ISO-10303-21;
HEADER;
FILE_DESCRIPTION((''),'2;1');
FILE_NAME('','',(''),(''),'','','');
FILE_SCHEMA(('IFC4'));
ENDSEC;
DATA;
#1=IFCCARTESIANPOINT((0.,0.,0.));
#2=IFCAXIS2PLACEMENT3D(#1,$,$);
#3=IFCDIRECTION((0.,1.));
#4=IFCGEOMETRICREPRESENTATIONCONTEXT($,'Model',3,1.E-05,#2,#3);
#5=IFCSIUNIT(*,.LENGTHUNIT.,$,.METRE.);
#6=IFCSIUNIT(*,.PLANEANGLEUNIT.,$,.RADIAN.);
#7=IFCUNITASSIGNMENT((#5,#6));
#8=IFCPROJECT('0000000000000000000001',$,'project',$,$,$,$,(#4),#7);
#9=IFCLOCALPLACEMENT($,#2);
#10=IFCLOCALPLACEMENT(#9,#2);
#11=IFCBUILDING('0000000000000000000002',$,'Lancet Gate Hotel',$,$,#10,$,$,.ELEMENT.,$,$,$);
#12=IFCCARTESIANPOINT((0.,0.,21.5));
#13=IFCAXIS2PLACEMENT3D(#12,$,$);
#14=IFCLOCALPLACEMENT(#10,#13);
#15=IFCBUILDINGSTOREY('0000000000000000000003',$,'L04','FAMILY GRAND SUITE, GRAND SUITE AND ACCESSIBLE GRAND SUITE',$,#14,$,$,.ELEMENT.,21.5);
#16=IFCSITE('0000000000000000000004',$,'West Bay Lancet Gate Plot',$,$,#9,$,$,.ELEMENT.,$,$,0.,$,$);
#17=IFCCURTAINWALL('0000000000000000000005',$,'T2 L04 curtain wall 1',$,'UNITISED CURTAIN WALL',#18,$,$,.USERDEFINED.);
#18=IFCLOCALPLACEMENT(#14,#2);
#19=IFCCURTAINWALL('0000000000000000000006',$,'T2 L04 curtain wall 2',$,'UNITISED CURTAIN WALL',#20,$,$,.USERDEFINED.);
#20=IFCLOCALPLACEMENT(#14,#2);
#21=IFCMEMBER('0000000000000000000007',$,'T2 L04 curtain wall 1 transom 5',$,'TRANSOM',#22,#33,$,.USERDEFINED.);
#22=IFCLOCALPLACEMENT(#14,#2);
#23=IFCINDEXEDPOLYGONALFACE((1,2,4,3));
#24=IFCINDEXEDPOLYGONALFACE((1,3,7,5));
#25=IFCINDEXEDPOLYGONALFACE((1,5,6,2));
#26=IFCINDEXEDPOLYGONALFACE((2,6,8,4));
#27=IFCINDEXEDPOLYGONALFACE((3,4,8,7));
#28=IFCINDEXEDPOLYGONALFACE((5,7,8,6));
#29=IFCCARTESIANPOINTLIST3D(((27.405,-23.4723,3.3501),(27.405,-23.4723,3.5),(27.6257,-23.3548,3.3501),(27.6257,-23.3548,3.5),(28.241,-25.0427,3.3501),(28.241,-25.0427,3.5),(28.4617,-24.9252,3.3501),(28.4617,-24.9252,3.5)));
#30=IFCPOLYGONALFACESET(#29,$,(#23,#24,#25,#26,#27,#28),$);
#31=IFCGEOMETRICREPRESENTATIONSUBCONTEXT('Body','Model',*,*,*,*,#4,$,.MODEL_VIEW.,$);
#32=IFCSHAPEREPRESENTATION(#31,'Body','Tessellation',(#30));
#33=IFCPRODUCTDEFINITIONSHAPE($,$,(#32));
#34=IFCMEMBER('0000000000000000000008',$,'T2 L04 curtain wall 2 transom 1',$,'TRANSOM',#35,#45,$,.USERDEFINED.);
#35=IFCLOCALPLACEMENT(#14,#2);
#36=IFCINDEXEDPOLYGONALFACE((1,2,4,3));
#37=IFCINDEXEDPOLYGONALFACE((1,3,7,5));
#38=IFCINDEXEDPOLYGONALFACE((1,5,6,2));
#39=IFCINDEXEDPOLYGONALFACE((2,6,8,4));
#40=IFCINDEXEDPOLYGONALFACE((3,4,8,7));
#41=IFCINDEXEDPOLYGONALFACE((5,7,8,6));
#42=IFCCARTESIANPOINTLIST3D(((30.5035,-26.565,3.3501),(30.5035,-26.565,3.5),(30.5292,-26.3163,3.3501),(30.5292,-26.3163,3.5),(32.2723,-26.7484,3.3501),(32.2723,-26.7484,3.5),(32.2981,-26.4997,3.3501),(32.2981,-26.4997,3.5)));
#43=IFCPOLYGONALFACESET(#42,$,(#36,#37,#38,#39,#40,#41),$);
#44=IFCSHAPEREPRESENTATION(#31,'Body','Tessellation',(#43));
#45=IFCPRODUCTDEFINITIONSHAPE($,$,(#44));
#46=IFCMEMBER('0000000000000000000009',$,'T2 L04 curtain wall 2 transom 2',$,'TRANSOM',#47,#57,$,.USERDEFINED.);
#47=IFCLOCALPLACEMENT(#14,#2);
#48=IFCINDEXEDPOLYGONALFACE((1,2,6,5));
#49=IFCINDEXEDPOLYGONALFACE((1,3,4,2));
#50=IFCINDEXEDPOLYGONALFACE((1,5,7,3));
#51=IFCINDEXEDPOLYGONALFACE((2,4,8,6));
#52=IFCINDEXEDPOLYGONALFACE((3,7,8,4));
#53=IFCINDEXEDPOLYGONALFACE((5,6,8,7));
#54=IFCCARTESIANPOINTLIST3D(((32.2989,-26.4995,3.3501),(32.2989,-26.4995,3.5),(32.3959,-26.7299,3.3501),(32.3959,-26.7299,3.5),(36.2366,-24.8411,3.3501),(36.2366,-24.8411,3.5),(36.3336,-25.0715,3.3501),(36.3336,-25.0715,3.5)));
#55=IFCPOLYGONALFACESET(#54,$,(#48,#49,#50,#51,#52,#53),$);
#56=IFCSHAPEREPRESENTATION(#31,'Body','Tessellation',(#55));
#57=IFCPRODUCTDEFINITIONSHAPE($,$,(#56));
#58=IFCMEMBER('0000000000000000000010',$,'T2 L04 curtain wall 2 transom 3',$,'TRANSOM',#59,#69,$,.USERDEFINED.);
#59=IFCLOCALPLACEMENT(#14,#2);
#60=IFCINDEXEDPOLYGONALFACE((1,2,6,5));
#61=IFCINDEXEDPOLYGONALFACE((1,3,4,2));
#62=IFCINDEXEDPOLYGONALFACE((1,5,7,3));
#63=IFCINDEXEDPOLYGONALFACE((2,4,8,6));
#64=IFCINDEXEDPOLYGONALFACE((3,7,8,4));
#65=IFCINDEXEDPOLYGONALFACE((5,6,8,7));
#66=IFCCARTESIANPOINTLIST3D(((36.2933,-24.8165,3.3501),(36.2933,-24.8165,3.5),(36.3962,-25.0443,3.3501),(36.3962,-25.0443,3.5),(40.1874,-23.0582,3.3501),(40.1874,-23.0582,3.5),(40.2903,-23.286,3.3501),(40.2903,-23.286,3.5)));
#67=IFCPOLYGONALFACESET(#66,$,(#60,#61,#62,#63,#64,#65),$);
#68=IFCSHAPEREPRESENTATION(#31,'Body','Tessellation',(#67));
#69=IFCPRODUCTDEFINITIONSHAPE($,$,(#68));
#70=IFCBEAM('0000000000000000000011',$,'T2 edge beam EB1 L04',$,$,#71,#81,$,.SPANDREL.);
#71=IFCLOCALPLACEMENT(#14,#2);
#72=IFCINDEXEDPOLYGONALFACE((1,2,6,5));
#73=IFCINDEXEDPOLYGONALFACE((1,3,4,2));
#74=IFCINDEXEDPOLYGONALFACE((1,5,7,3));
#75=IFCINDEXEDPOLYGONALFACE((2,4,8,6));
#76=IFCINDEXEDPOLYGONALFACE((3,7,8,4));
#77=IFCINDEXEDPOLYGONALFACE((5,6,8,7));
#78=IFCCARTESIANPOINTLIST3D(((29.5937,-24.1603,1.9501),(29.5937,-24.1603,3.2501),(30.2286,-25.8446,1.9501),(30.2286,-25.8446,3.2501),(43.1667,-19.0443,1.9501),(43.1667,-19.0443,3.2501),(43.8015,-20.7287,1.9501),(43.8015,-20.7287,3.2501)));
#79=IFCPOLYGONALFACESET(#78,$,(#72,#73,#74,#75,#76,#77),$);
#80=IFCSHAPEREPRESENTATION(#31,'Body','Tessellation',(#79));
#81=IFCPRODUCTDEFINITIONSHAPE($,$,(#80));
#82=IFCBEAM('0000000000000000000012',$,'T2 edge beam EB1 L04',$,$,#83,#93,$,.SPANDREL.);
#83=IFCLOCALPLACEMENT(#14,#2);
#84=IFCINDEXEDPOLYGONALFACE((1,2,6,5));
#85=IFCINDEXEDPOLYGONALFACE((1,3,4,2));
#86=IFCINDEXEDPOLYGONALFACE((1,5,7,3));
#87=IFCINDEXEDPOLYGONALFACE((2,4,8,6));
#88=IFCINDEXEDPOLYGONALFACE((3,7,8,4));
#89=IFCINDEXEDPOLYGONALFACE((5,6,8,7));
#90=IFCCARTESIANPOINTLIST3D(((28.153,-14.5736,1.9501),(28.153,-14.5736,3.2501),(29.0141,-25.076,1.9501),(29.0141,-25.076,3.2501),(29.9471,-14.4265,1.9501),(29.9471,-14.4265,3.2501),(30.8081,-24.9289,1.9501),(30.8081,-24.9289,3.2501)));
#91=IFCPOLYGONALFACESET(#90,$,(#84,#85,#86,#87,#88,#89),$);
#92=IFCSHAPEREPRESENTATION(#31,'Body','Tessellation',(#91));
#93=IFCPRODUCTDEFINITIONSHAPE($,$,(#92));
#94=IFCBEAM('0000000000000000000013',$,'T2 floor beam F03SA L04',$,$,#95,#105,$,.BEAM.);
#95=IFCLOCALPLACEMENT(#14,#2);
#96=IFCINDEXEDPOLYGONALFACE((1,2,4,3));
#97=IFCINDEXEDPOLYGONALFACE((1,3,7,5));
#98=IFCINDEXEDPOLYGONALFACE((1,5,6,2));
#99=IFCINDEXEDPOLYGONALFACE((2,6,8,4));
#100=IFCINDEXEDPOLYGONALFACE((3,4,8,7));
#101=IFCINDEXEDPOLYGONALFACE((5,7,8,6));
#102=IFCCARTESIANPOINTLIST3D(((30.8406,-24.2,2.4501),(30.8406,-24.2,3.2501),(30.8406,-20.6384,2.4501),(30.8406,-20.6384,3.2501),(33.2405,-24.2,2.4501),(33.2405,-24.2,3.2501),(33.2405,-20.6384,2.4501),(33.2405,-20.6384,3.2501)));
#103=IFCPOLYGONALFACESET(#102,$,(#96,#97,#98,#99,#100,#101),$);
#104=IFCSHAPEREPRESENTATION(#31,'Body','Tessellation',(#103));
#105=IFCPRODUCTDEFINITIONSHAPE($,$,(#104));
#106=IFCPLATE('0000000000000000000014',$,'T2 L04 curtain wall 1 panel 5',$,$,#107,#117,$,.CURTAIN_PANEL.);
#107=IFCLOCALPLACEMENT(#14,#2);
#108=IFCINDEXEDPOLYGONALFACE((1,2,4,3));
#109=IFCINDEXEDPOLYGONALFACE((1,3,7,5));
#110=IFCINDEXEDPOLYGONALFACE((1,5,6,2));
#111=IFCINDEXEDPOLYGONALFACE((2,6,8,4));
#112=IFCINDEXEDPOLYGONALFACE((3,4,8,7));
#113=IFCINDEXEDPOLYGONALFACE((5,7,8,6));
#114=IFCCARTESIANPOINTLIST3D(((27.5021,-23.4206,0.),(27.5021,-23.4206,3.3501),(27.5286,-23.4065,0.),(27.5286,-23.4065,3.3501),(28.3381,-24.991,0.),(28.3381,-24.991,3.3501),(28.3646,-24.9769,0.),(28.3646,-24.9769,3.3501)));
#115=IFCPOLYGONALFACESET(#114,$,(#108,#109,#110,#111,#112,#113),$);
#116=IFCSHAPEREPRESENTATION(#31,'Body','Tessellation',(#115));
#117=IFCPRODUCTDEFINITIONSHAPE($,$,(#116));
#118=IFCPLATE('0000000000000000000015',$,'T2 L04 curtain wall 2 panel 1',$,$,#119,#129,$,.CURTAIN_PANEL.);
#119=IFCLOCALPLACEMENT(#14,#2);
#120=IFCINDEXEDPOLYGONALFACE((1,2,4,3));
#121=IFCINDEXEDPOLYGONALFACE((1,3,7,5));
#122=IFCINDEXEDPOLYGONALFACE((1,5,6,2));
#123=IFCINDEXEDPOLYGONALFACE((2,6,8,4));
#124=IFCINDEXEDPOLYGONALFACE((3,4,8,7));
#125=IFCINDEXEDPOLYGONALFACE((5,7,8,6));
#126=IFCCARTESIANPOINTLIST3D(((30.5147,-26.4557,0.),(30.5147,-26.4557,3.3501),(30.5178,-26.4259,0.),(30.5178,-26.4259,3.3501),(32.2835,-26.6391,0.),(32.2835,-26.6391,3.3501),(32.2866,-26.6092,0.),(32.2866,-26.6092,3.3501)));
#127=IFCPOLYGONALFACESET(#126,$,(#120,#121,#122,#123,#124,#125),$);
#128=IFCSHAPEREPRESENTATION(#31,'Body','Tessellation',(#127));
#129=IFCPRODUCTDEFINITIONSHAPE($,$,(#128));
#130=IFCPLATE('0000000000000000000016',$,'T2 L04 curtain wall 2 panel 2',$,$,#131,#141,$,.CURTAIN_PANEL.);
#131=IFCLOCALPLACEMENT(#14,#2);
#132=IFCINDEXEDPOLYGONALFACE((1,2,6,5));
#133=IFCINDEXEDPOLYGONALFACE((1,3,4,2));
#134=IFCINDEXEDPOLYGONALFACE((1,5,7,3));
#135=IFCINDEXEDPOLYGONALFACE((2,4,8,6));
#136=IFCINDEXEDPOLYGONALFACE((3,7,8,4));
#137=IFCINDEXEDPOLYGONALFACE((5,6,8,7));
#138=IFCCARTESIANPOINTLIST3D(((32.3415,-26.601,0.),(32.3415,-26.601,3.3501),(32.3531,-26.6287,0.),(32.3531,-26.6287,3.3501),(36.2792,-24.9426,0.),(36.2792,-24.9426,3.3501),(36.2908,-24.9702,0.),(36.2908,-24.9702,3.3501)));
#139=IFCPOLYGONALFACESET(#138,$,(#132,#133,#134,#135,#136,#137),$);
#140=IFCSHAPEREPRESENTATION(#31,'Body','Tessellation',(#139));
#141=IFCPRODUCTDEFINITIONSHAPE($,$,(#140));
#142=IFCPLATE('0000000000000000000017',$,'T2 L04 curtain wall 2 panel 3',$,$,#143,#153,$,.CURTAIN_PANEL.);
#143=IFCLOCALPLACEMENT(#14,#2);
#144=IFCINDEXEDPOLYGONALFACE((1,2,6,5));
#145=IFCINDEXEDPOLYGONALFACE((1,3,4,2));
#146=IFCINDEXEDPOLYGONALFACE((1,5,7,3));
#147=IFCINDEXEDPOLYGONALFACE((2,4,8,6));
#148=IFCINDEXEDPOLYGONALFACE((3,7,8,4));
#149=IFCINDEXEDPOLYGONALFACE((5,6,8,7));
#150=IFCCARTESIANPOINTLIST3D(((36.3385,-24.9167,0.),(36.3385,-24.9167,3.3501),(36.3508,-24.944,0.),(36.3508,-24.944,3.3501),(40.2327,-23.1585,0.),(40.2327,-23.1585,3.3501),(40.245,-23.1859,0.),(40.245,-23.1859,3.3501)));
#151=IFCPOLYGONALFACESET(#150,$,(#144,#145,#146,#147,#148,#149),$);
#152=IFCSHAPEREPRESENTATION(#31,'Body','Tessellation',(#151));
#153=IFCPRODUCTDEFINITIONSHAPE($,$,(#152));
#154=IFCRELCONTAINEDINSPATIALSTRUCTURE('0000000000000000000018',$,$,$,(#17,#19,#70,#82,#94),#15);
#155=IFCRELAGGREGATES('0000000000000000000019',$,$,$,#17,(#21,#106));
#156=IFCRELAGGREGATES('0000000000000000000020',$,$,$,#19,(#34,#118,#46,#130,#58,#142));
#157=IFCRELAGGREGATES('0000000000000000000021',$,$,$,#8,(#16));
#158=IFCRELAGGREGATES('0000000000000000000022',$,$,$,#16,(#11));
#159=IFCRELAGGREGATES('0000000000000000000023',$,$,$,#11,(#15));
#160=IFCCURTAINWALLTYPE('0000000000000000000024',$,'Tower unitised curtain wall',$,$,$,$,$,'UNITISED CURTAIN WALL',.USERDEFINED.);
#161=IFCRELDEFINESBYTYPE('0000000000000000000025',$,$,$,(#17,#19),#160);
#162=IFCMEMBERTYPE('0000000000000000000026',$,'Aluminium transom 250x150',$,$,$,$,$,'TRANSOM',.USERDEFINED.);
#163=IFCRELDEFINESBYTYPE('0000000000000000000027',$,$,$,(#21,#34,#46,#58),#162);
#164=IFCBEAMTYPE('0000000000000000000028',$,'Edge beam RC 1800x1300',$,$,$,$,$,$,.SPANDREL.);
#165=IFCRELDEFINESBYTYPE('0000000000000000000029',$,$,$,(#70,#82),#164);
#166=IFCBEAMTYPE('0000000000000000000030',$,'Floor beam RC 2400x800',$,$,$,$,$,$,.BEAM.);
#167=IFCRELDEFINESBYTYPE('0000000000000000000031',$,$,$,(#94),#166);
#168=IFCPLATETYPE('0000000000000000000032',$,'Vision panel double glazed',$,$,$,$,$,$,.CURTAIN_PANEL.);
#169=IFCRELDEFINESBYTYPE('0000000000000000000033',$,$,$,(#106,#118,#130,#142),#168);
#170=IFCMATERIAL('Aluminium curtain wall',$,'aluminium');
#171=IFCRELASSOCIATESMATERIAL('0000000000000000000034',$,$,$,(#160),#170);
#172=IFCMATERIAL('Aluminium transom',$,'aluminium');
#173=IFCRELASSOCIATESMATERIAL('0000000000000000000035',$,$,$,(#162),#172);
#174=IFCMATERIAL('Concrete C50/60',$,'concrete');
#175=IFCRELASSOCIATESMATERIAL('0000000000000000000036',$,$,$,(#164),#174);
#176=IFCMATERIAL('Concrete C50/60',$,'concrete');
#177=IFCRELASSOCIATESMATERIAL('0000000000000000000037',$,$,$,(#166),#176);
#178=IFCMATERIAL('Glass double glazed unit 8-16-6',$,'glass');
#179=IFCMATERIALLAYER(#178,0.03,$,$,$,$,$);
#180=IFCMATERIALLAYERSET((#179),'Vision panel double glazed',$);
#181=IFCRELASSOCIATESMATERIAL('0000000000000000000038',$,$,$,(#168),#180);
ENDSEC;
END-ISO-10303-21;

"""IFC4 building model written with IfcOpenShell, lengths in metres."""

from ifc_helpers import new_model, si_unit, direction, frame, origin, origin_2d, place, context, subcontext, project, spatial, rectangle, extrude, material, layer, layer_set, material_profile, profile_set, type_object, element, aggregate, save


model = new_model("IFC4")

# Units and contexts
model_context = context("Model", 3, precision=1e-05, world=origin(), true_north=direction((0.0, 1.0)))
body_context = subcontext(model_context, "Body", "Model", "MODEL_VIEW")
ifc_project = project(units=[si_unit("LENGTHUNIT", "METRE"), si_unit("PLANEANGLEUNIT", "RADIAN")], contexts=[model_context])

# Site, building, storey
site_placement = place(None, origin())
site = spatial("IfcSite", under=ifc_project, at=site_placement, Name="West Bay Lancet Gate Plot", CompositionType="ELEMENT", RefElevation=0.0)
building_placement = place(site_placement, origin())
building = spatial("IfcBuilding", under=site, at=building_placement, Name="Lancet Gate Hotel", CompositionType="ELEMENT")
storey_placement = place(building_placement, frame((0.0, 0.0, 21.5)))
storey = spatial("IfcBuildingStorey", under=building, at=storey_placement, Name="L04", Description="FAMILY GRAND SUITE, GRAND SUITE AND ACCESSIBLE GRAND SUITE", CompositionType="ELEMENT", Elevation=21.5)

# Curtain walls
ifc_material_1 = material(Name="Aluminium curtain wall", Category="aluminium")
curtain_wall_type = type_object("IfcCurtainWallType", Name="Tower unitised curtain wall", ElementType="UNITISED CURTAIN WALL", PredefinedType="USERDEFINED", material=ifc_material_1)
curtain_wall_1_placement = place(storey_placement, origin())
curtain_wall_1 = element("IfcCurtainWall", 1, at=curtain_wall_1_placement, inside=storey, type_object=curtain_wall_type, Name="T2 L04 curtain wall 1", ObjectType="UNITISED CURTAIN WALL", PredefinedType="USERDEFINED")
curtain_wall_2_placement = place(storey_placement, origin())
curtain_wall_2 = element("IfcCurtainWall", 2, at=curtain_wall_2_placement, inside=storey, type_object=curtain_wall_type, Name="T2 L04 curtain wall 2", ObjectType="UNITISED CURTAIN WALL", PredefinedType="USERDEFINED")

# Members
ifc_material_2 = material(Name="Aluminium transom", Category="aluminium")
ifc_material_profile_1 = material_profile(ifc_material_2, rectangle(XDim=0.25, YDim=0.1499, at=origin_2d()), Name="TRANSOM 250x150")
ifc_profile_set_1 = profile_set([ifc_material_profile_1], Name="Aluminium transom")
member_type_1 = type_object("IfcMemberType", Name="Aluminium transom 250x150", ElementType="TRANSOM", PredefinedType="USERDEFINED", material=ifc_profile_set_1)
member_1_placement = place(storey_placement, frame((27.5154, -23.4136, 3.425), z_axis=(0.469904, -0.882717, 0.0), x_axis=(0.882717, 0.469904, 0.0)))
member_1 = element("IfcMember", 3, at=member_1_placement, type_object=member_type_1, Name="T2 L04 curtain wall 1 transom 5", ObjectType="TRANSOM", PredefinedType="USERDEFINED", context=body_context, shape_type="SweptSolid", body=[
    extrude(rectangle(XDim=0.25, YDim=0.1499, at=origin_2d()), origin(), (0.0, 0.0, 1.0), 1.7791),
])
member_2_placement = place(storey_placement, frame((30.5164, -26.4407, 3.425), z_axis=(0.99467, -0.103105, 0.0), x_axis=(0.103105, 0.99467, 0.0)))
member_2 = element("IfcMember", 4, at=member_2_placement, type_object=member_type_1, Name="T2 L04 curtain wall 2 transom 1", ObjectType="TRANSOM", PredefinedType="USERDEFINED", context=body_context, shape_type="SweptSolid", body=[
    extrude(rectangle(XDim=0.25, YDim=0.1499, at=origin_2d()), origin(), (0.0, 0.0, 1.0), 1.7783),
])
member_3_placement = place(storey_placement, frame((32.3474, -26.6147, 3.425), z_axis=(0.921598, 0.388146, 0.0), x_axis=(-0.388146, 0.921598, 0.0)))
member_3 = element("IfcMember", 5, at=member_3_placement, type_object=member_type_1, Name="T2 L04 curtain wall 2 transom 2", ObjectType="TRANSOM", PredefinedType="USERDEFINED", context=body_context, shape_type="SweptSolid", body=[
    extrude(rectangle(XDim=0.25, YDim=0.1499, at=origin_2d()), origin(), (0.0, 0.0, 1.0), 4.2727),
])
member_4_placement = place(storey_placement, frame((36.3447, -24.9304, 3.425), z_axis=(0.911397, 0.411529, 0.0), x_axis=(-0.411529, 0.911397, 0.0)))
member_4 = element("IfcMember", 6, at=member_4_placement, type_object=member_type_1, Name="T2 L04 curtain wall 2 transom 3", ObjectType="TRANSOM", PredefinedType="USERDEFINED", context=body_context, shape_type="SweptSolid", body=[
    extrude(rectangle(XDim=0.25, YDim=0.1499, at=origin_2d()), origin(), (0.0, 0.0, 1.0), 4.2727),
])

# Beams
ifc_material_3 = material(Name="Concrete C50/60", Category="concrete")
ifc_material_profile_2 = material_profile(ifc_material_3, rectangle(XDim=1.8, YDim=1.3, at=origin_2d()), Name="RC 1800x1300")
ifc_profile_set_2 = profile_set([ifc_material_profile_2], Name="Concrete C50/60")
beam_type_1 = type_object("IfcBeamType", Name="Edge beam RC 1800x1300", PredefinedType="SPANDREL", material=ifc_profile_set_2)
beam_1_placement = place(storey_placement, frame((29.9111, -25.0024, 2.6001), z_axis=(0.935736, 0.3527, 0.0), x_axis=(-0.3527, 0.935736, 0.0)))
element("IfcBeam", 7, at=beam_1_placement, inside=storey, type_object=beam_type_1, Name="T2 edge beam EB1 L04", PredefinedType="SPANDREL", context=body_context, shape_type="SweptSolid", body=[
    extrude(rectangle(XDim=1.8, YDim=1.3, at=origin_2d()), origin(), (0.0, 0.0, 1.0), 14.5051),
])
beam_2_placement = place(storey_placement, frame((29.9111, -25.0024, 2.6001), z_axis=(-0.081715, 0.996656, 0.0), x_axis=(-0.996656, -0.081715, 0.0)))
element("IfcBeam", 8, at=beam_2_placement, inside=storey, type_object=beam_type_1, Name="T2 edge beam EB1 L04", PredefinedType="SPANDREL", context=body_context, shape_type="SweptSolid", body=[
    extrude(rectangle(XDim=1.8, YDim=1.3, at=origin_2d()), origin(), (0.0, 0.0, 1.0), 10.5376),
])
ifc_material_4 = material(Name="Concrete C50/60", Category="concrete")
ifc_material_profile_3 = material_profile(ifc_material_4, rectangle(XDim=2.3999, YDim=0.8, at=origin_2d()), Name="RC 2400x800")
ifc_profile_set_3 = profile_set([ifc_material_profile_3], Name="Concrete C50/60")
beam_type_2 = type_object("IfcBeamType", Name="Floor beam RC 2400x800", PredefinedType="BEAM", material=ifc_profile_set_3)
beam_3_placement = place(storey_placement, frame((32.0405, -24.2, 2.8501), z_axis=(0.0, 1.0, 0.0), x_axis=(-1.0, 0.0, 0.0)))
element("IfcBeam", 9, at=beam_3_placement, inside=storey, type_object=beam_type_2, Name="T2 floor beam F03SA L04", PredefinedType="BEAM", context=body_context, shape_type="SweptSolid", body=[
    extrude(rectangle(XDim=2.3999, YDim=0.8, at=origin_2d()), origin(), (0.0, 0.0, 1.0), 3.5615),
])

# Plates
ifc_material_5 = material(Name="Glass double glazed unit 8-16-6", Category="glass")
ifc_layer = layer(ifc_material_5, 0.03)
ifc_layer_set = layer_set([ifc_layer], Name="Vision panel double glazed")
plate_type = type_object("IfcPlateType", Name="Vision panel double glazed", PredefinedType="CURTAIN_PANEL", material=ifc_layer_set)
plate_1_placement = place(storey_placement, frame((27.9333, -24.1987, 0.0), z_axis=(0.0, 0.0, 1.0), x_axis=(0.469898, -0.882721, 0.0)))
plate_1 = element("IfcPlate", 10, at=plate_1_placement, type_object=plate_type, Name="T2 L04 curtain wall 1 panel 5", PredefinedType="CURTAIN_PANEL", context=body_context, shape_type="SweptSolid", body=[
    extrude(rectangle(XDim=1.7791, YDim=0.03, at=origin_2d()), origin(), (0.0, 0.0, 1.0), 3.3501),
])
aggregate(curtain_wall_1, [member_1, plate_1])
plate_2_placement = place(storey_placement, frame((31.4006, -26.5325, 0.0), z_axis=(0.0, 0.0, 1.0), x_axis=(0.994672, -0.103088, 0.0)))
plate_2 = element("IfcPlate", 11, at=plate_2_placement, type_object=plate_type, Name="T2 L04 curtain wall 2 panel 1", PredefinedType="CURTAIN_PANEL", context=body_context, shape_type="SweptSolid", body=[
    extrude(rectangle(XDim=1.7783, YDim=0.03, at=origin_2d()), origin(), (0.0, 0.0, 1.0), 3.3501),
])
plate_3_placement = place(storey_placement, frame((34.3162, -25.7856, 0.0), z_axis=(0.0, 0.0, 1.0), x_axis=(0.921593, 0.388157, 0.0)))
plate_3 = element("IfcPlate", 12, at=plate_3_placement, type_object=plate_type, Name="T2 L04 curtain wall 2 panel 2", PredefinedType="CURTAIN_PANEL", context=body_context, shape_type="SweptSolid", body=[
    extrude(rectangle(XDim=4.2727, YDim=0.03, at=origin_2d()), origin(), (0.0, 0.0, 1.0), 3.3501),
])
plate_4_placement = place(storey_placement, frame((38.2917, -24.0513, 0.0), z_axis=(0.0, 0.0, 1.0), x_axis=(0.911416, 0.411487, 0.0)))
plate_4 = element("IfcPlate", 13, at=plate_4_placement, type_object=plate_type, Name="T2 L04 curtain wall 2 panel 3", PredefinedType="CURTAIN_PANEL", context=body_context, shape_type="SweptSolid", body=[
    extrude(rectangle(XDim=4.2727, YDim=0.03, at=origin_2d()), origin(), (0.0, 0.0, 1.0), 3.3501),
])
aggregate(curtain_wall_2, [member_2, plate_2, member_3, plate_3, member_4, plate_4])

save(model, "model.ifc")
